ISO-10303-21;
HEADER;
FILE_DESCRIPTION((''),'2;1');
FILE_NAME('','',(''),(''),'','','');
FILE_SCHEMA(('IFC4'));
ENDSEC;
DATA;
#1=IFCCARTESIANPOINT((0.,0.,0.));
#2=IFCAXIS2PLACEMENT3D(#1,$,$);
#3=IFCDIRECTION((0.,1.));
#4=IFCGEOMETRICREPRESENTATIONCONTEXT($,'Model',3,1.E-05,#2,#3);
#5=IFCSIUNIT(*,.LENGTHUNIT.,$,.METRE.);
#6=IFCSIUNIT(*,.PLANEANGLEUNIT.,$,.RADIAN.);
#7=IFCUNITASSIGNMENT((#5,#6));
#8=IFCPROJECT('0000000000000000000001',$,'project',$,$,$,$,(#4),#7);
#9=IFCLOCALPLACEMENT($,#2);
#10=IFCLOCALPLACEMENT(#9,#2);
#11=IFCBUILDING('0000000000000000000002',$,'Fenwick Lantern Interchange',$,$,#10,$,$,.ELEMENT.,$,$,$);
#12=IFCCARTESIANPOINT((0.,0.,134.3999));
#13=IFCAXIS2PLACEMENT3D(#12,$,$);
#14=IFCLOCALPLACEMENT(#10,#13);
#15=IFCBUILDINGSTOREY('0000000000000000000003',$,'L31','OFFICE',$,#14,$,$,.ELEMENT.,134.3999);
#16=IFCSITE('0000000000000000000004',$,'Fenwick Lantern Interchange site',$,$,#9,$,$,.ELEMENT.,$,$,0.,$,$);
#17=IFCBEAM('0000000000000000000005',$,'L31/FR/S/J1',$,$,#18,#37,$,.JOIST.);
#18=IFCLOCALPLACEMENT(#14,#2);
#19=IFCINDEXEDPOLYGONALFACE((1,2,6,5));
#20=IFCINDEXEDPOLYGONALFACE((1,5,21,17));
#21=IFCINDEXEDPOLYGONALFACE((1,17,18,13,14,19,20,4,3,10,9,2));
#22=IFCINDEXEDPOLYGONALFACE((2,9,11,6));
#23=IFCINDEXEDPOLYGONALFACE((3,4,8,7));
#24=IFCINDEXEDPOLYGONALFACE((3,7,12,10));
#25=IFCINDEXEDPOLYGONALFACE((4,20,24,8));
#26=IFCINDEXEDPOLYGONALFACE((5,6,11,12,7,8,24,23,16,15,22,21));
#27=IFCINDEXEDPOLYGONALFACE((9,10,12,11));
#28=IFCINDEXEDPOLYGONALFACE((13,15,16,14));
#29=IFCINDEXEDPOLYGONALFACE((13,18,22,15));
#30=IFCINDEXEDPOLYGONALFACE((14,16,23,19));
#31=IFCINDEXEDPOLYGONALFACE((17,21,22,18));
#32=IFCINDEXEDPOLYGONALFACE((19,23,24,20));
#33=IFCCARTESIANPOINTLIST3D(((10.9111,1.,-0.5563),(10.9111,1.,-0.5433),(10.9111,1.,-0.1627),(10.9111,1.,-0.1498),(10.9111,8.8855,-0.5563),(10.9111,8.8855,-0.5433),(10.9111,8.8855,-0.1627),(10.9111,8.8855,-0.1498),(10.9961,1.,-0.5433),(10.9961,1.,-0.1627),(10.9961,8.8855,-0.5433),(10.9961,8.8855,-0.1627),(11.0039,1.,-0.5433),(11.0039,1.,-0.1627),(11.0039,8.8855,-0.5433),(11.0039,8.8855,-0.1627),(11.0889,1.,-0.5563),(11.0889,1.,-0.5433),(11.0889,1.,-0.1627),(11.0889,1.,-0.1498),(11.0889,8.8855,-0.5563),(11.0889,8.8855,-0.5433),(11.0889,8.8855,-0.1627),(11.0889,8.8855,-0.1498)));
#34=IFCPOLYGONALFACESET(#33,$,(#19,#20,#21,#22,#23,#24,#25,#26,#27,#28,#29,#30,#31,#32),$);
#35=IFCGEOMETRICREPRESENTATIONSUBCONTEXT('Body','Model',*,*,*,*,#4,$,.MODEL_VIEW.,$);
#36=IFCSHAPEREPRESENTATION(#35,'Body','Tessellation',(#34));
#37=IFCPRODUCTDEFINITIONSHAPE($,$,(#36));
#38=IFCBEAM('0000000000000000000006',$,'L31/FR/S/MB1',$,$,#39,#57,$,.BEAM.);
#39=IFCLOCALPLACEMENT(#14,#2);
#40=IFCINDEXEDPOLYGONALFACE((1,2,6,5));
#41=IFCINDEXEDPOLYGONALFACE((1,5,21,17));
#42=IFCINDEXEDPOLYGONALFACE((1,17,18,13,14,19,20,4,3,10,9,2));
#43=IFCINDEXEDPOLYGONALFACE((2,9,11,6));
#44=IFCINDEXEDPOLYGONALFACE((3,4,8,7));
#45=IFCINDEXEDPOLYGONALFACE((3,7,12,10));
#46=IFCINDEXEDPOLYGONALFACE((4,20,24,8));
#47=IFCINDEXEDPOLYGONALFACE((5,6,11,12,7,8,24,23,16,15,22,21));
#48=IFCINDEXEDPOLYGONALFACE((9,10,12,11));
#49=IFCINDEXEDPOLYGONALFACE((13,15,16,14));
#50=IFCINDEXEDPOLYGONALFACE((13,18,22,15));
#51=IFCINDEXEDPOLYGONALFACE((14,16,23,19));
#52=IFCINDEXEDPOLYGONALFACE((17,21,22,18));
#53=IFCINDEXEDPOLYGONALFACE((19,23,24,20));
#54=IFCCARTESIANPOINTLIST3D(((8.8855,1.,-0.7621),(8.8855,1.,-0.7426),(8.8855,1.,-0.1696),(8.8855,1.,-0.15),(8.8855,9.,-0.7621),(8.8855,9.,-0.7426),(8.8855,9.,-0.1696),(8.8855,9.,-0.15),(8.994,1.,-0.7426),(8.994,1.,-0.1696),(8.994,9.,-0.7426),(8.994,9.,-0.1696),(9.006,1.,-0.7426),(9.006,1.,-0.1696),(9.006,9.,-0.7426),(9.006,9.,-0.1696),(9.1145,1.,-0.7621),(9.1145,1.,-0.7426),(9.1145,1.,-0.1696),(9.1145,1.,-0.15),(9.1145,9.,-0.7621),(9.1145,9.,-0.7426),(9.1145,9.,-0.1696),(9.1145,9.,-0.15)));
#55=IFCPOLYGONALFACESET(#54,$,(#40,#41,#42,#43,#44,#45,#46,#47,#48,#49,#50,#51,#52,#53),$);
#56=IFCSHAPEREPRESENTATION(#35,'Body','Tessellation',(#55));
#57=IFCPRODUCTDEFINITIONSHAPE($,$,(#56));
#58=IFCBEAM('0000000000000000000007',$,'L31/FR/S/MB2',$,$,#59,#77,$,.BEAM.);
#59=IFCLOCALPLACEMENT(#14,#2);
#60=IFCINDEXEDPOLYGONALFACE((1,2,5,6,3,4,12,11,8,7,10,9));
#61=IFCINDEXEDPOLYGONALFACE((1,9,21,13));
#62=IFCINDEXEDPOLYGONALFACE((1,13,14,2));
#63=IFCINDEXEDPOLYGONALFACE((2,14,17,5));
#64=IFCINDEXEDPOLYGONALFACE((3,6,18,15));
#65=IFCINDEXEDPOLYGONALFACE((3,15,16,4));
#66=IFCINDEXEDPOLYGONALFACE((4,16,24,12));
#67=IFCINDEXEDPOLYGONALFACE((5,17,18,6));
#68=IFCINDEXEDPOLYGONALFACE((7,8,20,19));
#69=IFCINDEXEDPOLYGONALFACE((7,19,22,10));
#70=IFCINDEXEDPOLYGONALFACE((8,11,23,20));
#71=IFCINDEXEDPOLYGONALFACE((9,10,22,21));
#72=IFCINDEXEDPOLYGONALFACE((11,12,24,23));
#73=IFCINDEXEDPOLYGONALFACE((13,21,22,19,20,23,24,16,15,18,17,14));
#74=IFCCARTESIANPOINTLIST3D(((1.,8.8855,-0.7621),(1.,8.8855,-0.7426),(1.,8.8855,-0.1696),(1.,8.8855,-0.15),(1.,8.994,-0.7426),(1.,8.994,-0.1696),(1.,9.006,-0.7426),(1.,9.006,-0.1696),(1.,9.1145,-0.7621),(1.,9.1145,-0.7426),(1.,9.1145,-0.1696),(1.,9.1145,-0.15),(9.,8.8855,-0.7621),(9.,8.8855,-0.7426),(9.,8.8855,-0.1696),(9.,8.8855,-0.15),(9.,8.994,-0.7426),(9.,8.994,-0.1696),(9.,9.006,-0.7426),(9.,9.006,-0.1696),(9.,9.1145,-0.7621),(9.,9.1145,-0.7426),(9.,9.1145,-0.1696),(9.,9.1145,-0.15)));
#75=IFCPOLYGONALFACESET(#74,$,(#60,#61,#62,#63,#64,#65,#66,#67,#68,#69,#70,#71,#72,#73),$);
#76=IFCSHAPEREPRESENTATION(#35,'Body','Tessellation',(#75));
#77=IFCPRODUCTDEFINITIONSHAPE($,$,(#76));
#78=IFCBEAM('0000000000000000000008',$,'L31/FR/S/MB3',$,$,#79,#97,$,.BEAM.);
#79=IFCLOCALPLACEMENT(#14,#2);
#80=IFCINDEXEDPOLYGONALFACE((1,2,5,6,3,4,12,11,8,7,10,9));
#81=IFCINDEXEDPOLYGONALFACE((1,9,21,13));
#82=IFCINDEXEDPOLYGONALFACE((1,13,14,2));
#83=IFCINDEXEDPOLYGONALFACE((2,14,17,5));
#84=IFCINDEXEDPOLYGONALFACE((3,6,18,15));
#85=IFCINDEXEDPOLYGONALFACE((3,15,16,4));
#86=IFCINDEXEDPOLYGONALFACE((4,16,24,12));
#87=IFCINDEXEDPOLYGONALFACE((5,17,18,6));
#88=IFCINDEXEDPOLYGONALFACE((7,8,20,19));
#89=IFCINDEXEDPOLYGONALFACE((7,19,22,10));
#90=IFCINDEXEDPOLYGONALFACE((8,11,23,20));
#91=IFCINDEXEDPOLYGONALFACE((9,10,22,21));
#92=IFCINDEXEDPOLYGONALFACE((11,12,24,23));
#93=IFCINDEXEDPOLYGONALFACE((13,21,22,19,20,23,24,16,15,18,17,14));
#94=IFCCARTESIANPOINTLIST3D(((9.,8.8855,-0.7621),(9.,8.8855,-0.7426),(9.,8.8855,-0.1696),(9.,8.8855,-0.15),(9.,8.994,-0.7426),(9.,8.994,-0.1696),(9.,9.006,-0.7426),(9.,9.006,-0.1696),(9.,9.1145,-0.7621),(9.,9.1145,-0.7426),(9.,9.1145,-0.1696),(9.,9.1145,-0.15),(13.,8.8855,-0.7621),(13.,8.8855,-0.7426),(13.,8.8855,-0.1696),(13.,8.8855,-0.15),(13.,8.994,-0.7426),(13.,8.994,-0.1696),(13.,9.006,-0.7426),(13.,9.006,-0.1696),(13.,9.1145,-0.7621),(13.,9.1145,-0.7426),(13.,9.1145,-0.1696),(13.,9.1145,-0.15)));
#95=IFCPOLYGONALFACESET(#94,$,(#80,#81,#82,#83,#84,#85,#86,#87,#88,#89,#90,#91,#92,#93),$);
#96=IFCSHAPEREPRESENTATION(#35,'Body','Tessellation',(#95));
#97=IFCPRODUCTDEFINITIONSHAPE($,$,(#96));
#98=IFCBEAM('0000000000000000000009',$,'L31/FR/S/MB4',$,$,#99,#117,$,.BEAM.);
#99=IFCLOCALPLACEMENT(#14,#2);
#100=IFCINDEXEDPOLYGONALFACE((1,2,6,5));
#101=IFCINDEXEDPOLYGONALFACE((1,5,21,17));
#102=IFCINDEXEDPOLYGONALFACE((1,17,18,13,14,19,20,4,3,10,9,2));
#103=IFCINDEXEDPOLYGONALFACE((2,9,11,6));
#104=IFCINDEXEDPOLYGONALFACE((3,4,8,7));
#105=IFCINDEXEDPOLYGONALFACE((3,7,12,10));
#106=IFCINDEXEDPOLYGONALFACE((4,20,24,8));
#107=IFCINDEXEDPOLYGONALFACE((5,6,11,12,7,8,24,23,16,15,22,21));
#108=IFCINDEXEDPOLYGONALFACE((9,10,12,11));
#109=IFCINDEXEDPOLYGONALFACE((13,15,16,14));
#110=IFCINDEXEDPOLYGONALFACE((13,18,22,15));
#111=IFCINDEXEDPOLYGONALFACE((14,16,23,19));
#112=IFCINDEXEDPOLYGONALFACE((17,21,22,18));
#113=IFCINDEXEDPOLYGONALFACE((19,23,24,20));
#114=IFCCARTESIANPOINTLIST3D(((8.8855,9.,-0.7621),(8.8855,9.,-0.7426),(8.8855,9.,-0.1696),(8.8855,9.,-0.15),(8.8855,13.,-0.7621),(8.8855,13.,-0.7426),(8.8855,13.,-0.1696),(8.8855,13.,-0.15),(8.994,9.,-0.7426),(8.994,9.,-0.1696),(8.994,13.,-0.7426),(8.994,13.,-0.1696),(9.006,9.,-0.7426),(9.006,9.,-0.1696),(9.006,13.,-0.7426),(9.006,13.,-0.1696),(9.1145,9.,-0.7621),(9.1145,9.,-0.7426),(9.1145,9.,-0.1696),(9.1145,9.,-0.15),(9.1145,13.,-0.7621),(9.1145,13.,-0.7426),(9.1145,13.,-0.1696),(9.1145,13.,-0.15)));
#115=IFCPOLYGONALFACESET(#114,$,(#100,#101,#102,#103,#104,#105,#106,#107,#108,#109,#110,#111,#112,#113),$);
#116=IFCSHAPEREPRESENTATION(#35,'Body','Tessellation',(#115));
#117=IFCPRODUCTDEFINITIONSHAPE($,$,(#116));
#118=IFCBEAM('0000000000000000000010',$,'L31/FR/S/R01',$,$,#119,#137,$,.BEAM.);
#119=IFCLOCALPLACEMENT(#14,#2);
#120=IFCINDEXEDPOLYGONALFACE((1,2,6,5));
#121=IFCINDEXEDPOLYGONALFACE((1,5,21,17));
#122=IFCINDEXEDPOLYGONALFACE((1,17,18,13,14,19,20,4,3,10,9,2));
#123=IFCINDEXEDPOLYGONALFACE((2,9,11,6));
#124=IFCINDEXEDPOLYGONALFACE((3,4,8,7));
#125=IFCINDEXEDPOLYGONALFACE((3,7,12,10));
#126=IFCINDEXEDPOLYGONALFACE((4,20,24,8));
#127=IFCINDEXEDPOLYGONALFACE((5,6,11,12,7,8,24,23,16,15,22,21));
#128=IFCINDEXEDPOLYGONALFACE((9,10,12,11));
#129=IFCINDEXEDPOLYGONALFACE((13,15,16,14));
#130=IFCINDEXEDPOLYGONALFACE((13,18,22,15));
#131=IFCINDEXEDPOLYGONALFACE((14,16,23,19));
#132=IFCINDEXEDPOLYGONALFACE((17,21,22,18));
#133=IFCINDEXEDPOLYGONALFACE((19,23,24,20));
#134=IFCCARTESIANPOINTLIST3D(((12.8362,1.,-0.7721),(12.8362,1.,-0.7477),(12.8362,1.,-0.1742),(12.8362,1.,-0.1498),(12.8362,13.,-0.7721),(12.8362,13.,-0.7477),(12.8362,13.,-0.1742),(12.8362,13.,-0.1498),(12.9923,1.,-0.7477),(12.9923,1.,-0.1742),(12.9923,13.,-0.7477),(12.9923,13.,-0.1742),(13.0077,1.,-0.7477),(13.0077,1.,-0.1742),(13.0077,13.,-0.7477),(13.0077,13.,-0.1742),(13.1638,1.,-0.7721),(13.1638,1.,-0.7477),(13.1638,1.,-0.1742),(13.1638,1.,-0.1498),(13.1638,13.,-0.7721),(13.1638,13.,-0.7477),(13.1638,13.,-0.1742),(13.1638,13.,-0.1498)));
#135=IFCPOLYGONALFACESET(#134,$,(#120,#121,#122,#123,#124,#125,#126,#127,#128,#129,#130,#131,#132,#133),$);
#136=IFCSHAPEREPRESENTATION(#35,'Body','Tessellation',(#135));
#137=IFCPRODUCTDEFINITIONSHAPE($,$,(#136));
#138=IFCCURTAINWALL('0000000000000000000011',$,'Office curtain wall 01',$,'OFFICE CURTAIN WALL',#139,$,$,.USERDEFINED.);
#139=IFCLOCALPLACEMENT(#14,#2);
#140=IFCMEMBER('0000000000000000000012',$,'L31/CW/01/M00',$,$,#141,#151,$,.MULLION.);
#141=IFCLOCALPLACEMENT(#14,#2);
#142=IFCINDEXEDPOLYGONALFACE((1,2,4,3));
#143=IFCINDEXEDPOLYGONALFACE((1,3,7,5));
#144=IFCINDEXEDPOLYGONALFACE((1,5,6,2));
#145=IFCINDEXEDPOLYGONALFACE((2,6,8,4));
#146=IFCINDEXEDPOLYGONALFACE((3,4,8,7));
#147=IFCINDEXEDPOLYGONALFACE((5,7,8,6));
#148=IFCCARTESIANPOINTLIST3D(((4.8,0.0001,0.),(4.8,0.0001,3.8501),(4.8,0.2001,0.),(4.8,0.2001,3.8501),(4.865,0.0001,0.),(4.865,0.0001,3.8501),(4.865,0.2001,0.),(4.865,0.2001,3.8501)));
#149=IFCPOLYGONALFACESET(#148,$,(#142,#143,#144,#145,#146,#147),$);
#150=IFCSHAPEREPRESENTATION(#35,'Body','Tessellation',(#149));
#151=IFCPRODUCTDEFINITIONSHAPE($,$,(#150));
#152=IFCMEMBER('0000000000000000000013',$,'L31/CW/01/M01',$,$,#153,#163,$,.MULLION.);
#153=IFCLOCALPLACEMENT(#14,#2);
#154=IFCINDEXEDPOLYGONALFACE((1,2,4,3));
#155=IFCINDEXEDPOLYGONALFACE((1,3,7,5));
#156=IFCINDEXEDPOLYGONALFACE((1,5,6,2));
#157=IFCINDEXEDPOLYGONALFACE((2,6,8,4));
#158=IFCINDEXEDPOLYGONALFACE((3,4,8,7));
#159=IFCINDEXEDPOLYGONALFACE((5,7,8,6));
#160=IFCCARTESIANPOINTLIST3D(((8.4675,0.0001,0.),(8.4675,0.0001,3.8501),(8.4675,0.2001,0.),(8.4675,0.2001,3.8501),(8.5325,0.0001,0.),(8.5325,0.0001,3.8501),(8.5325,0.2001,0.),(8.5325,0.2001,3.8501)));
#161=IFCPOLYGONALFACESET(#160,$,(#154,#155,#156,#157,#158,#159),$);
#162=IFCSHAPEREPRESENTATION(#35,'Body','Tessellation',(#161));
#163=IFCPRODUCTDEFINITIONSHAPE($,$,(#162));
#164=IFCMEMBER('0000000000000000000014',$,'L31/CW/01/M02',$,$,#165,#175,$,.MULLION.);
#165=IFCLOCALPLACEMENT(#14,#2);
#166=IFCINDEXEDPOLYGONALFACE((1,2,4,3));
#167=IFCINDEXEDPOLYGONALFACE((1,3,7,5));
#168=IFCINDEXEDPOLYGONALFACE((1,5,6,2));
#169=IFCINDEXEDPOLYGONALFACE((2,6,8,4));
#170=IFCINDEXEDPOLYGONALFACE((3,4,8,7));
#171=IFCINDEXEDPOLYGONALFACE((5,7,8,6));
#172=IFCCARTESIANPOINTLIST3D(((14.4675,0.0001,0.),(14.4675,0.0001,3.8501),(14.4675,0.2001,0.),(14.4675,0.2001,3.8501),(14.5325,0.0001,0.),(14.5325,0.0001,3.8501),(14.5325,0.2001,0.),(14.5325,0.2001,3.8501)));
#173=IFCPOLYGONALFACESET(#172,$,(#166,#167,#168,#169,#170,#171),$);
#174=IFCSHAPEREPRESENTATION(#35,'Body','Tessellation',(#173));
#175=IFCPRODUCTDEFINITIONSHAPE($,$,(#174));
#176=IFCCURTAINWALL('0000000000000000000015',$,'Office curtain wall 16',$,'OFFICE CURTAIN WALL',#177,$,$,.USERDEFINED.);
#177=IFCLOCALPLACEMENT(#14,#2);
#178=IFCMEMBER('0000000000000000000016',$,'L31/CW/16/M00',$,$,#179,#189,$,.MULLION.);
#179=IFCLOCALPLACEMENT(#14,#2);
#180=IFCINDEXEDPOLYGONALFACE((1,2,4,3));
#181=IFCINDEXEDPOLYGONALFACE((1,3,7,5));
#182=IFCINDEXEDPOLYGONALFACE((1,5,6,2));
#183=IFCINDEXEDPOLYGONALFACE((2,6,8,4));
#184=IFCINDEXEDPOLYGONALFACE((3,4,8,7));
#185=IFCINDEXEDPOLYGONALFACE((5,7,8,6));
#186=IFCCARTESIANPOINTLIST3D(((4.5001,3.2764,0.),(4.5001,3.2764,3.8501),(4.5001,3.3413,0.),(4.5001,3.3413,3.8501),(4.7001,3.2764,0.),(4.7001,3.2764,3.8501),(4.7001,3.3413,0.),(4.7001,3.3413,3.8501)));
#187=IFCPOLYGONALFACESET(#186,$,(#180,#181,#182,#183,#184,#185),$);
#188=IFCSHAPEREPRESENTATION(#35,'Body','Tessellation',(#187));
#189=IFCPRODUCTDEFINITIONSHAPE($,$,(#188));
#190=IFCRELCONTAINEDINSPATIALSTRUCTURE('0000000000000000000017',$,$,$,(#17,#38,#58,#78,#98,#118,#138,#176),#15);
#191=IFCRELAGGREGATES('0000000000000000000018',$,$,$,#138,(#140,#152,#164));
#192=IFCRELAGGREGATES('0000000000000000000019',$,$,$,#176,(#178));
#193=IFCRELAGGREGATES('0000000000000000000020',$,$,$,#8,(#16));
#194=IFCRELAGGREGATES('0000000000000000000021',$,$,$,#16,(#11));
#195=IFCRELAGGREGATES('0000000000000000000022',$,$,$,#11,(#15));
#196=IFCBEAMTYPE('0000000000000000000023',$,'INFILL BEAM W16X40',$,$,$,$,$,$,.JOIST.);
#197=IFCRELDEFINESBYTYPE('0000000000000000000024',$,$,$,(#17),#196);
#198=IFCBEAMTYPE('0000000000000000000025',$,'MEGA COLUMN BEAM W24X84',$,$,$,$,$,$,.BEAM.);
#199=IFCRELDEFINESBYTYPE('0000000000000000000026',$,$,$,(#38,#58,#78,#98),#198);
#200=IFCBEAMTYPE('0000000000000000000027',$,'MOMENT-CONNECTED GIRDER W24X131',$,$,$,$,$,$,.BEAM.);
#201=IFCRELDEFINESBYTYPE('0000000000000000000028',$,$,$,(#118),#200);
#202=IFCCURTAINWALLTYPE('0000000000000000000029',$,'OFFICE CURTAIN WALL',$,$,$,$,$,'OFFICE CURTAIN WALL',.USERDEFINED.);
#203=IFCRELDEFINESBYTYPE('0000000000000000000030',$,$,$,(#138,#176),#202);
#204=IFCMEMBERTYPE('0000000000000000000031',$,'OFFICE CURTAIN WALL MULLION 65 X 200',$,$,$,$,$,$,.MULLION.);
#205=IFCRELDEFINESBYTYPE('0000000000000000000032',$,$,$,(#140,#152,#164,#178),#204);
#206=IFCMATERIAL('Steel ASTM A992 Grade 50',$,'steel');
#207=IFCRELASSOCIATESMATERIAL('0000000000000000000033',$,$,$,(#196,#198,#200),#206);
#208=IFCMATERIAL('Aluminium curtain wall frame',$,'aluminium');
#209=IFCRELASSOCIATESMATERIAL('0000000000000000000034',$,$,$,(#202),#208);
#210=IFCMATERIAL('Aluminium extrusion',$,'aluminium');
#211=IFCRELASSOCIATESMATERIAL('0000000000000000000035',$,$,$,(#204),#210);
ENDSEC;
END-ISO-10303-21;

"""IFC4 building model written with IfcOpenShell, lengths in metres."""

from ifc_helpers import new_model, si_unit, direction, frame, origin, origin_2d, place, context, subcontext, project, spatial, rectangle, i_section, extrude, material, material_profile, profile_set, type_object, element, aggregate, save


model = new_model("IFC4")

# Units and contexts
model_context = context("Model", 3, precision=1e-05, world=origin(), true_north=direction((0.0, 1.0)))
body_context = subcontext(model_context, "Body", "Model", "MODEL_VIEW")
ifc_project = project(units=[si_unit("LENGTHUNIT", "METRE"), si_unit("PLANEANGLEUNIT", "RADIAN")], contexts=[model_context])

# Site, building, storey
site_placement = place(None, origin())
site = spatial("IfcSite", under=ifc_project, at=site_placement, Name="Fenwick Lantern Interchange site", CompositionType="ELEMENT", RefElevation=0.0)
building_placement = place(site_placement, origin())
building = spatial("IfcBuilding", under=site, at=building_placement, Name="Fenwick Lantern Interchange", CompositionType="ELEMENT")
storey_placement = place(building_placement, frame((0.0, 0.0, 134.3999)))
storey = spatial("IfcBuildingStorey", under=building, at=storey_placement, Name="L31", Description="OFFICE", CompositionType="ELEMENT", Elevation=134.3999)

# Shared definitions
ifc_material_1 = material(Name="Steel ASTM A992 Grade 50", Category="steel")

# Beams
ifc_material_profile_1 = material_profile(ifc_material_1, i_section(OverallWidth=0.1777, OverallDepth=0.4065, WebThickness=0.0078, FlangeThickness=0.0129, at=origin_2d()), Name="W16X40")
ifc_profile_set_1 = profile_set([ifc_material_profile_1], Name="Steel ASTM A992 Grade 50")
beam_type_1 = type_object("IfcBeamType", Name="INFILL BEAM W16X40", PredefinedType="JOIST", material=ifc_profile_set_1)
beam_1_placement = place(storey_placement, frame((11.0, 1.0, -0.353), z_axis=(0.0, 1.0, 0.0), x_axis=(-1.0, 0.0, 0.0)))
element("IfcBeam", 1, at=beam_1_placement, inside=storey, type_object=beam_type_1, Name="L31/FR/S/J1", PredefinedType="JOIST", context=body_context, shape_type="SweptSolid", body=[
    extrude(i_section(OverallWidth=0.1777, OverallDepth=0.4065, WebThickness=0.0078, FlangeThickness=0.0129, at=origin_2d()), origin(), (0.0, 0.0, 1.0), 7.8855),
])
ifc_material_profile_2 = material_profile(ifc_material_1, i_section(OverallWidth=0.229, OverallDepth=0.6121, WebThickness=0.012, FlangeThickness=0.0195, at=origin_2d()), Name="W24X84")
ifc_profile_set_2 = profile_set([ifc_material_profile_2], Name="Steel ASTM A992 Grade 50")
beam_type_2 = type_object("IfcBeamType", Name="MEGA COLUMN BEAM W24X84", PredefinedType="BEAM", material=ifc_profile_set_2)
for number, where, z_axis, x_axis, name in (
    (2, (9.0, 9.0, -0.4561), (0.0, -1.0, 0.0), (1.0, 0.0, 0.0), "L31/FR/S/MB1"),
    (3, (9.0, 9.0, -0.4561), (-1.0, 0.0, 0.0), (0.0, -1.0, 0.0), "L31/FR/S/MB2"),
):
    element("IfcBeam", number, at=place(storey_placement, frame(where, z_axis=z_axis, x_axis=x_axis)), inside=storey, type_object=beam_type_2, Name=name, PredefinedType="BEAM", context=body_context, shape_type="SweptSolid", body=[
        extrude(i_section(OverallWidth=0.229, OverallDepth=0.6121, WebThickness=0.012, FlangeThickness=0.0195, at=origin_2d()), origin(), (0.0, 0.0, 1.0), 8.0),
    ])
for number, where, z_axis, x_axis, name in (
    (4, (9.0, 9.0, -0.4561), (1.0, 0.0, 0.0), (0.0, 1.0, 0.0), "L31/FR/S/MB3"),
    (5, (9.0, 9.0, -0.4561), (0.0, 1.0, 0.0), (-1.0, 0.0, 0.0), "L31/FR/S/MB4"),
):
    element("IfcBeam", number, at=place(storey_placement, frame(where, z_axis=z_axis, x_axis=x_axis)), inside=storey, type_object=beam_type_2, Name=name, PredefinedType="BEAM", context=body_context, shape_type="SweptSolid", body=[
        extrude(i_section(OverallWidth=0.229, OverallDepth=0.6121, WebThickness=0.012, FlangeThickness=0.0195, at=origin_2d()), origin(), (0.0, 0.0, 1.0), 4.0),
    ])
ifc_material_profile_3 = material_profile(ifc_material_1, i_section(OverallWidth=0.3276, OverallDepth=0.6223, WebThickness=0.0154, FlangeThickness=0.0244, at=origin_2d()), Name="W24X131")
ifc_profile_set_3 = profile_set([ifc_material_profile_3], Name="Steel ASTM A992 Grade 50")
beam_type_3 = type_object("IfcBeamType", Name="MOMENT-CONNECTED GIRDER W24X131", PredefinedType="BEAM", material=ifc_profile_set_3)
beam_2_placement = place(storey_placement, frame((13.0, 1.0, -0.4609), z_axis=(0.0, 1.0, 0.0), x_axis=(-1.0, 0.0, 0.0)))
element("IfcBeam", 6, at=beam_2_placement, inside=storey, type_object=beam_type_3, Name="L31/FR/S/R01", PredefinedType="BEAM", context=body_context, shape_type="SweptSolid", body=[
    extrude(i_section(OverallWidth=0.3276, OverallDepth=0.6223, WebThickness=0.0154, FlangeThickness=0.0244, at=origin_2d()), origin(), (0.0, 0.0, 1.0), 12.0),
])

# Curtain walls, members
ifc_material_2 = material(Name="Aluminium curtain wall frame", Category="aluminium")
curtain_wall_type = type_object("IfcCurtainWallType", Name="OFFICE CURTAIN WALL", ElementType="OFFICE CURTAIN WALL", PredefinedType="USERDEFINED", material=ifc_material_2)
curtain_wall_1_placement = place(storey_placement, origin())
curtain_wall_1 = element("IfcCurtainWall", 7, at=curtain_wall_1_placement, inside=storey, type_object=curtain_wall_type, Name="Office curtain wall 01", ObjectType="OFFICE CURTAIN WALL", PredefinedType="USERDEFINED")
ifc_material_3 = material(Name="Aluminium extrusion", Category="aluminium")
ifc_material_profile_4 = material_profile(ifc_material_3, rectangle(XDim=0.2, YDim=0.0649, at=origin_2d()), Name="OFFICE CURTAIN WALL MULLION 65 X 200")
ifc_profile_set_4 = profile_set([ifc_material_profile_4], Name="Aluminium extrusion")
member_type_1 = type_object("IfcMemberType", Name="OFFICE CURTAIN WALL MULLION 65 X 200", PredefinedType="MULLION", material=ifc_profile_set_4)
member_1_placement = place(storey_placement, frame((4.8325, 0.1001, 0.0), z_axis=(0.0, 0.0, 1.0), x_axis=(0.0, 1.0, 0.0)))
member_1 = element("IfcMember", 8, at=member_1_placement, type_object=member_type_1, Name="L31/CW/01/M00", PredefinedType="MULLION", context=body_context, shape_type="SweptSolid", body=[
    extrude(rectangle(XDim=0.2, YDim=0.0649, at=origin_2d()), origin(), (0.0, 0.0, 1.0), 3.8501),
])
member_2_placement = place(storey_placement, frame((8.5, 0.1001, 0.0), z_axis=(0.0, 0.0, 1.0), x_axis=(0.0, 1.0, 0.0)))
member_2 = element("IfcMember", 9, at=member_2_placement, type_object=member_type_1, Name="L31/CW/01/M01", PredefinedType="MULLION", context=body_context, shape_type="SweptSolid", body=[
    extrude(rectangle(XDim=0.2, YDim=0.0649, at=origin_2d()), origin(), (0.0, 0.0, 1.0), 3.8501),
])
member_3_placement = place(storey_placement, frame((14.5, 0.1001, 0.0), z_axis=(0.0, 0.0, 1.0), x_axis=(0.0, 1.0, 0.0)))
member_3 = element("IfcMember", 10, at=member_3_placement, type_object=member_type_1, Name="L31/CW/01/M02", PredefinedType="MULLION", context=body_context, shape_type="SweptSolid", body=[
    extrude(rectangle(XDim=0.2, YDim=0.0649, at=origin_2d()), origin(), (0.0, 0.0, 1.0), 3.8501),
])
curtain_wall_2_placement = place(storey_placement, origin())
curtain_wall_2 = element("IfcCurtainWall", 11, at=curtain_wall_2_placement, inside=storey, type_object=curtain_wall_type, Name="Office curtain wall 16", ObjectType="OFFICE CURTAIN WALL", PredefinedType="USERDEFINED")
member_4_placement = place(storey_placement, frame((4.6001, 3.3088, 0.0), z_axis=(0.0, 0.0, 1.0), x_axis=(1.0, 0.0, 0.0)))
member_4 = element("IfcMember", 12, at=member_4_placement, type_object=member_type_1, Name="L31/CW/16/M00", PredefinedType="MULLION", context=body_context, shape_type="SweptSolid", body=[
    extrude(rectangle(XDim=0.2, YDim=0.0649, at=origin_2d()), origin(), (0.0, 0.0, 1.0), 3.8501),
])

aggregate(curtain_wall_1, [member_1, member_2, member_3])
aggregate(curtain_wall_2, [member_4])

save(model, "model.ifc")
